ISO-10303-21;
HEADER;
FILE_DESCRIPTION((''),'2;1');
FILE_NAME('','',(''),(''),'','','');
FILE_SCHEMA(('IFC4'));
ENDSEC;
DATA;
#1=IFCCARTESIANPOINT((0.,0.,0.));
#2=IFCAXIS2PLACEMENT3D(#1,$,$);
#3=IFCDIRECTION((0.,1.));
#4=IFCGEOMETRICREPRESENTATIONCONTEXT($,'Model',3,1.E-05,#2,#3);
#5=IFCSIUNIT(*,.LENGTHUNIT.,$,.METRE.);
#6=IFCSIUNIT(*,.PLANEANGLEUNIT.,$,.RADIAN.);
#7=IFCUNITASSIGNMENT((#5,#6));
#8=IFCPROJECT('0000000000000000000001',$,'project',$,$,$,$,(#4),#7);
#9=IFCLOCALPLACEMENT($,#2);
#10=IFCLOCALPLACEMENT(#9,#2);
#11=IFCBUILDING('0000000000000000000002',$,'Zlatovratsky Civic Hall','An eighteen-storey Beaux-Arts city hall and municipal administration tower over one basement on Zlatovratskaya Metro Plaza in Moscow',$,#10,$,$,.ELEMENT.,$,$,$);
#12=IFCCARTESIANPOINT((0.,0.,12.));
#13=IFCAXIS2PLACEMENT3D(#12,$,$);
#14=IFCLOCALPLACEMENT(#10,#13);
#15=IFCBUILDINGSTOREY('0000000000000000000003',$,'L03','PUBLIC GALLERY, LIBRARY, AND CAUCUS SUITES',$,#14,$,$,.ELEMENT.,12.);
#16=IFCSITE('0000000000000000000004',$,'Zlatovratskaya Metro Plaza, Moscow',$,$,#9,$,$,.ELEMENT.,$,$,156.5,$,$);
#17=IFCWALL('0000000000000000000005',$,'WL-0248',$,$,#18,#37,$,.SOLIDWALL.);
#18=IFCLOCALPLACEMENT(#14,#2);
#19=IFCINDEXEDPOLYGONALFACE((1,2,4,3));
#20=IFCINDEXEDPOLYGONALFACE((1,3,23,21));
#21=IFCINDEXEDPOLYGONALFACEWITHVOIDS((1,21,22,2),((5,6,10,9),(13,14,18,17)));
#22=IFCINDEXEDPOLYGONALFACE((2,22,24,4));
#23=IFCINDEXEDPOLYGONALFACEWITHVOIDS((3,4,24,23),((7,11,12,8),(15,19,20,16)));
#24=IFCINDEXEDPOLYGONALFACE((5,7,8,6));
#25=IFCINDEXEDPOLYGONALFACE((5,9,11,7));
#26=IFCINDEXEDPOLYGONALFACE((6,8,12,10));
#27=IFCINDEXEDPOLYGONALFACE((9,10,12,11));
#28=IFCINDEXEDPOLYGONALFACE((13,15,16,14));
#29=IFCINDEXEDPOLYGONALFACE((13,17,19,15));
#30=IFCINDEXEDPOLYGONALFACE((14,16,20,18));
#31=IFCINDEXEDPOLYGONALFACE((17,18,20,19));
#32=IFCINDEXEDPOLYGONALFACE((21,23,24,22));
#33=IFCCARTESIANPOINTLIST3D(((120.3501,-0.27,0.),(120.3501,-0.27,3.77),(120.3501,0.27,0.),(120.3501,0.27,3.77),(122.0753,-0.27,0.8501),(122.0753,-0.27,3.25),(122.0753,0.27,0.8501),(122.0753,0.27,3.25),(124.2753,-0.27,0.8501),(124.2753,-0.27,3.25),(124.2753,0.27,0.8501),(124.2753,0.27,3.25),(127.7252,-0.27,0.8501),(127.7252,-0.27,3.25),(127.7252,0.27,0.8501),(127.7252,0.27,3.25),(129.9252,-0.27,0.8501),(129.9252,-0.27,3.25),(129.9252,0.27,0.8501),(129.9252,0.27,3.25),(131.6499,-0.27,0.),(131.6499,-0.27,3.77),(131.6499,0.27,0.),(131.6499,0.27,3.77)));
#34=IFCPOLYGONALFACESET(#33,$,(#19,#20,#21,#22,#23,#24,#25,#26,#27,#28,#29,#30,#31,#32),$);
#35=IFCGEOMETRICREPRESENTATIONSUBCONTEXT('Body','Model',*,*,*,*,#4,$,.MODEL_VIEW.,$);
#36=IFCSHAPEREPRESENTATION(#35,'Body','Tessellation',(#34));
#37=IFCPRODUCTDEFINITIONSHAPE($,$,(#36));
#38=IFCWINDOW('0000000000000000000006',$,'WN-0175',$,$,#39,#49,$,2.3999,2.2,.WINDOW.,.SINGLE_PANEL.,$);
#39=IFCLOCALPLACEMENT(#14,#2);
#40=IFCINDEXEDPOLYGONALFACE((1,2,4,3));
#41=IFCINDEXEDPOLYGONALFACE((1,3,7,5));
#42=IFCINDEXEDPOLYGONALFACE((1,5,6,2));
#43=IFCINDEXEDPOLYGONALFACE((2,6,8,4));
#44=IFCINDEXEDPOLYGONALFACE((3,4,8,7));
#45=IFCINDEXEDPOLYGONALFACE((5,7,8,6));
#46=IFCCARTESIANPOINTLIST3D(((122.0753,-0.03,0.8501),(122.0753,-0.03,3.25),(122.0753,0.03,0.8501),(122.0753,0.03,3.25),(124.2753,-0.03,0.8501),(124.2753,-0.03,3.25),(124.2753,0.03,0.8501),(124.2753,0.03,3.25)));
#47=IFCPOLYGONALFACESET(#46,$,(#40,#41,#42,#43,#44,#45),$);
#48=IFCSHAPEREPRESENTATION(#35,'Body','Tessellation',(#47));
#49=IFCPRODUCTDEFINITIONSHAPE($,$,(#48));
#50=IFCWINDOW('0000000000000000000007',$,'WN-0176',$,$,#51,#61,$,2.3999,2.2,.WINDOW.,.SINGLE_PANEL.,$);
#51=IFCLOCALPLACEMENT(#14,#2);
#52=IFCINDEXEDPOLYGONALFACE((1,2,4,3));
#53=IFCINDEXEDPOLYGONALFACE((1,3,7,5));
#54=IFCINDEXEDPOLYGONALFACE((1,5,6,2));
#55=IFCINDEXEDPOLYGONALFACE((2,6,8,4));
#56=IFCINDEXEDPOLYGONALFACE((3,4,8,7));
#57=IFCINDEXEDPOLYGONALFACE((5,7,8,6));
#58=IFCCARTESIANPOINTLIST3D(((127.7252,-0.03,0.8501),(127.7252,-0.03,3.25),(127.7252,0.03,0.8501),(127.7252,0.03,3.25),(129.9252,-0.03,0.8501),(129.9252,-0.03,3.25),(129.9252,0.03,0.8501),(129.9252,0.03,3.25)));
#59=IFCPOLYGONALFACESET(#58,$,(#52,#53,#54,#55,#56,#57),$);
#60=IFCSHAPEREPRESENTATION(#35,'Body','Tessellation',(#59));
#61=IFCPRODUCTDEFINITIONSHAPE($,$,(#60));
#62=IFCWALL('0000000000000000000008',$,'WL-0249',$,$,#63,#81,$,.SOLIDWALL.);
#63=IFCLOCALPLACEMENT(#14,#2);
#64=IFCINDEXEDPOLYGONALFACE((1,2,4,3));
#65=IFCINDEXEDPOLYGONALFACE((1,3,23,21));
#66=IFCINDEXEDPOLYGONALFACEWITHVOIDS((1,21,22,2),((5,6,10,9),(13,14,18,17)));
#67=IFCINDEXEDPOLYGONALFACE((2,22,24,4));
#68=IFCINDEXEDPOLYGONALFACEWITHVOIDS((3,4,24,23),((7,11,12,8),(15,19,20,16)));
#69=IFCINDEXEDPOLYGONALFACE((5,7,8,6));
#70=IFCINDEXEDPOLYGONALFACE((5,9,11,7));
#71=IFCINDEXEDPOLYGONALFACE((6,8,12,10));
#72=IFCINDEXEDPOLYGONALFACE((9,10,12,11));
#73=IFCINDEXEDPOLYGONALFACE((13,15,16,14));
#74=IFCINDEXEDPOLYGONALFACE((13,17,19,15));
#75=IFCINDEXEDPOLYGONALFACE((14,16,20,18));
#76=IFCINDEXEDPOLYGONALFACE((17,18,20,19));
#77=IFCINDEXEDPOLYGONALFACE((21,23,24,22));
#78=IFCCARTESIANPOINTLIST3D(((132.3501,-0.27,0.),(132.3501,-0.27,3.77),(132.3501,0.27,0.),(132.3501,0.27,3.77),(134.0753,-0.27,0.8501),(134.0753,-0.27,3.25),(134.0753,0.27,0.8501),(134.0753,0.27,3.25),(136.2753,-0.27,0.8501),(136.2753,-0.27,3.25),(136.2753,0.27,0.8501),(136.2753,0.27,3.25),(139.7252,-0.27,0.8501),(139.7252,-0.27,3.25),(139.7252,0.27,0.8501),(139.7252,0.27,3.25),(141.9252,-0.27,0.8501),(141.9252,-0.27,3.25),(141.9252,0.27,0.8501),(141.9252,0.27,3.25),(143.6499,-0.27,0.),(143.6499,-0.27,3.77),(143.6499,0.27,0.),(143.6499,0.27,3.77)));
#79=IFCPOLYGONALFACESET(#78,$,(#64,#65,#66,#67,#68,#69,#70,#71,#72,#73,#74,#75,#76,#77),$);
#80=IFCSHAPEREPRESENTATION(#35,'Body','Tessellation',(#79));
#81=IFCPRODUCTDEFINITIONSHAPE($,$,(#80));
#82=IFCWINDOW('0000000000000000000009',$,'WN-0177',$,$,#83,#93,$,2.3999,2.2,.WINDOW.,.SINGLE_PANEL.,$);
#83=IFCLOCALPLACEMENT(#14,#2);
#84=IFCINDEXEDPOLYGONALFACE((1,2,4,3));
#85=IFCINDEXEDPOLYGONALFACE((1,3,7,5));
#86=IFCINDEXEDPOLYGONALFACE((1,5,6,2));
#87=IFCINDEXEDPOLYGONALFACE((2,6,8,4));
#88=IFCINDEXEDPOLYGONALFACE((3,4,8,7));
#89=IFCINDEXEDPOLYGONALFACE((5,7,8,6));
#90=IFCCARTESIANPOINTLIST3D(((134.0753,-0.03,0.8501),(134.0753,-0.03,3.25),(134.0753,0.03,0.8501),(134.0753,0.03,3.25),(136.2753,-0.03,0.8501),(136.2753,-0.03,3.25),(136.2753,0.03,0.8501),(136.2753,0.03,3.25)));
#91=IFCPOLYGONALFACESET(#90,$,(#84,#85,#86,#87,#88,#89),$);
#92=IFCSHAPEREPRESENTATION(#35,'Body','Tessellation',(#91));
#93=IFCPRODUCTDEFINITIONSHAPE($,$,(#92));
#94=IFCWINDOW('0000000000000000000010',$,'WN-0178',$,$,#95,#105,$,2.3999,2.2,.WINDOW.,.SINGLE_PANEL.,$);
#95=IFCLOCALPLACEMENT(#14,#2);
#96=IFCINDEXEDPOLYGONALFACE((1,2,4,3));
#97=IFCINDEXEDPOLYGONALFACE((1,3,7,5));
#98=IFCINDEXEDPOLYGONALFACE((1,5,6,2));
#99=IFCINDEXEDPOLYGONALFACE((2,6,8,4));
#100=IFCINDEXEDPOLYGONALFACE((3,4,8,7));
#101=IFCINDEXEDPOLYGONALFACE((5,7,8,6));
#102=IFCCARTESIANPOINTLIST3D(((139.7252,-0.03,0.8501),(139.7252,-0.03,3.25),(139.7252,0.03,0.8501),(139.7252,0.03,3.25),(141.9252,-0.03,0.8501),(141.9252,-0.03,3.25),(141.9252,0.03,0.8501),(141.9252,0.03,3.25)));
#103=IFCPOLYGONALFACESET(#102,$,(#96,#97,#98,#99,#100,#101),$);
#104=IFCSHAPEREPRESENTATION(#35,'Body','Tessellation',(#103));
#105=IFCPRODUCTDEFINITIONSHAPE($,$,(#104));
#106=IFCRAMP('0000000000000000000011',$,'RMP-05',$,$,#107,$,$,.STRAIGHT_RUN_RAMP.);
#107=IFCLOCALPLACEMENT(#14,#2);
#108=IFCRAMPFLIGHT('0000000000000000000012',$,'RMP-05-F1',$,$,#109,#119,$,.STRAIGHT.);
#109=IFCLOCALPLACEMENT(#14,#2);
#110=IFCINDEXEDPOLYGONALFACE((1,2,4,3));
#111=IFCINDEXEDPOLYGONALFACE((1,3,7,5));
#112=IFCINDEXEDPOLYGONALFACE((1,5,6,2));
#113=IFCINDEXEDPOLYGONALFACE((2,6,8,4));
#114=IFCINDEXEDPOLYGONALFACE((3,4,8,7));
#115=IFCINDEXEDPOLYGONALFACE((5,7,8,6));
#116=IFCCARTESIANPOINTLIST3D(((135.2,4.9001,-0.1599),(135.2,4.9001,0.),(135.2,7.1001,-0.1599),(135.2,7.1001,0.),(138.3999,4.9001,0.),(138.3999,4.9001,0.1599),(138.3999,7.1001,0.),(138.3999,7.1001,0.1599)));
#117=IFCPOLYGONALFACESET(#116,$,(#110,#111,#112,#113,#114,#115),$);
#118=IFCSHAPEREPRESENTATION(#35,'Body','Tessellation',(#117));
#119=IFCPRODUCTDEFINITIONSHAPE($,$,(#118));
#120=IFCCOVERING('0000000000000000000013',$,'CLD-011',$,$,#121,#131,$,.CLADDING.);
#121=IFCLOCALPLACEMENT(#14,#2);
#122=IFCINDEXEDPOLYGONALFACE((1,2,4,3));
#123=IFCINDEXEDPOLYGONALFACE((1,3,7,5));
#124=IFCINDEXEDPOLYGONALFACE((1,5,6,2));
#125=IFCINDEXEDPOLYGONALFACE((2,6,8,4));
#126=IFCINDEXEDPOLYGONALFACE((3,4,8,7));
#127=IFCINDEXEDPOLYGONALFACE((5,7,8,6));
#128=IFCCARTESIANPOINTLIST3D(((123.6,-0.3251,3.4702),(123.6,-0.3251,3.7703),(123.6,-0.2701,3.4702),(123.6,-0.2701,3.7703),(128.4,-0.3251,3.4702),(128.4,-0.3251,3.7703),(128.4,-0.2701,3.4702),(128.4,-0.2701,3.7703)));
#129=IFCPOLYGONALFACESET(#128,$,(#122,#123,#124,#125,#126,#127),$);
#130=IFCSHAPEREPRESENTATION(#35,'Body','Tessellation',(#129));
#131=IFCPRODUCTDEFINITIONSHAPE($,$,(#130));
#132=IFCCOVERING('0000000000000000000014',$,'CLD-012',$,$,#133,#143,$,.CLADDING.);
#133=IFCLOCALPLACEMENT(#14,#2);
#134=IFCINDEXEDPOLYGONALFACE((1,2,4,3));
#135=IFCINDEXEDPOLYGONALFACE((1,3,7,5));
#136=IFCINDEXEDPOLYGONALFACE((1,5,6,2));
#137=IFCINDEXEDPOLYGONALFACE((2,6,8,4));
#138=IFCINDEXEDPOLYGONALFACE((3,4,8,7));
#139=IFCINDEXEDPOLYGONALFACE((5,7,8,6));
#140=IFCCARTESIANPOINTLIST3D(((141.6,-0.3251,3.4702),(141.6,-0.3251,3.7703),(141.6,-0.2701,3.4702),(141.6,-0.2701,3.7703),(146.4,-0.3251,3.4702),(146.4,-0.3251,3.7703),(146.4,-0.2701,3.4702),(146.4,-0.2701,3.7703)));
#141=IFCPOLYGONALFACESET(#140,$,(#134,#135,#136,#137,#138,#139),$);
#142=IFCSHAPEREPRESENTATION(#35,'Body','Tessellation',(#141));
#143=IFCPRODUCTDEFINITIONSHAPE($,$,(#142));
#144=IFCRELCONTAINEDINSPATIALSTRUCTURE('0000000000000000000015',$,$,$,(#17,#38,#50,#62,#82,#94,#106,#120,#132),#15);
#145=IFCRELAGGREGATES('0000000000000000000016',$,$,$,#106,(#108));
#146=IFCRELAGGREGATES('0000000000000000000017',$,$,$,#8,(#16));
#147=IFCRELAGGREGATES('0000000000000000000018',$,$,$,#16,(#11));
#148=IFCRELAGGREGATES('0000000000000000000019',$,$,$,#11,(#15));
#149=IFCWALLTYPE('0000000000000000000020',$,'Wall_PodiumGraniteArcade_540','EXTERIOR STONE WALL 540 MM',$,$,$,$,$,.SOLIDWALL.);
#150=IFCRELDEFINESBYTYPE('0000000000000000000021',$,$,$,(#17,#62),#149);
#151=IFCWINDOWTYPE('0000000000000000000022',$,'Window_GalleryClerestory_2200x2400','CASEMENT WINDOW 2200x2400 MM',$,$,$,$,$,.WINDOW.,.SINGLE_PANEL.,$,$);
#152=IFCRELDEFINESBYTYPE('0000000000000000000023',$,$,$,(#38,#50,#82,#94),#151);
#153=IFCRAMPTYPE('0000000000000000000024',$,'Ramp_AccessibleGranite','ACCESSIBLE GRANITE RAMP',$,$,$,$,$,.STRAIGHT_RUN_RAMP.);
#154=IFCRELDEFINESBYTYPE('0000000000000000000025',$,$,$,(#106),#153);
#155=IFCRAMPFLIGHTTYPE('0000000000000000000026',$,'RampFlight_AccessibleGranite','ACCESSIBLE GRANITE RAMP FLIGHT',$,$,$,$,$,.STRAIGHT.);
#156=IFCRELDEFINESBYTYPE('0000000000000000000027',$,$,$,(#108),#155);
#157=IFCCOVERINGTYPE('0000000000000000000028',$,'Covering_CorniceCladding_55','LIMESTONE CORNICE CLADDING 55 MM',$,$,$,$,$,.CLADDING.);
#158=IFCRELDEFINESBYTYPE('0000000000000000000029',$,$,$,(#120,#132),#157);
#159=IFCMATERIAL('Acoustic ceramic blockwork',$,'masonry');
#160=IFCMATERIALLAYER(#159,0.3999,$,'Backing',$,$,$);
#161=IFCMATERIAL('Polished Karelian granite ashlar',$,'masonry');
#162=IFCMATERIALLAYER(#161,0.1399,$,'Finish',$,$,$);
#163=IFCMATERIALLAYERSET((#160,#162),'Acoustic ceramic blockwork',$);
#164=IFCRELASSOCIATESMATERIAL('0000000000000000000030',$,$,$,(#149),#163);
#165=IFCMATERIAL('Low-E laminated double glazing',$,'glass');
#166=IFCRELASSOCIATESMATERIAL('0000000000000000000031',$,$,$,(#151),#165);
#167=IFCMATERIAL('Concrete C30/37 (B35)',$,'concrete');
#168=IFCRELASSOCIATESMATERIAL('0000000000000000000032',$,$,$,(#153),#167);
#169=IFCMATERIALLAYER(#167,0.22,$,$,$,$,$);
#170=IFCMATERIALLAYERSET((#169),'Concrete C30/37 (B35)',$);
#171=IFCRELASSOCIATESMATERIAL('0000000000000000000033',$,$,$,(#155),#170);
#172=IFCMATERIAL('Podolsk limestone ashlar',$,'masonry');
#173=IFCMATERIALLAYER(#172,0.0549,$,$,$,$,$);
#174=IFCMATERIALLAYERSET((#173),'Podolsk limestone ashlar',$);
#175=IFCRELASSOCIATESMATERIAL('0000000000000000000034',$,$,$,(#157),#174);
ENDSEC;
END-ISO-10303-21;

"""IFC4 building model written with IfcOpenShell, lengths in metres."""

from ifc_helpers import new_model, si_unit, direction, frame, frame_2d, origin, origin_2d, place, context, subcontext, project, spatial, polyline, rectangle, outline, extrude, material, layer, layer_set, type_object, element, fill, aggregate, save


model = new_model("IFC4")

# Units and contexts
model_context = context("Model", 3, precision=1e-05, world=origin(), true_north=direction((0.0, 1.0)))
body_context = subcontext(model_context, "Body", "Model", "MODEL_VIEW")
ifc_project = project(units=[si_unit("LENGTHUNIT", "METRE"), si_unit("PLANEANGLEUNIT", "RADIAN")], contexts=[model_context])

# Site, building, storey
site_placement = place(None, origin())
site = spatial("IfcSite", under=ifc_project, at=site_placement, Name="Zlatovratskaya Metro Plaza, Moscow", CompositionType="ELEMENT", RefElevation=156.5)
building_placement = place(site_placement, origin())
building = spatial("IfcBuilding", under=site, at=building_placement, Name="Zlatovratsky Civic Hall", Description="An eighteen-storey Beaux-Arts city hall and municipal administration tower over one basement on Zlatovratskaya Metro Plaza in Moscow", CompositionType="ELEMENT")
storey_placement = place(building_placement, frame((0.0, 0.0, 12.0)))
storey = spatial("IfcBuildingStorey", under=building, at=storey_placement, Name="L03", Description="PUBLIC GALLERY, LIBRARY, AND CAUCUS SUITES", CompositionType="ELEMENT", Elevation=12.0)

# Walls, openings, windows
ifc_material_1 = material(Name="Acoustic ceramic blockwork", Category="masonry")
ifc_layer_1 = layer(ifc_material_1, 0.3999, Name="Backing")
ifc_material_2 = material(Name="Polished Karelian granite ashlar", Category="masonry")
ifc_layer_2 = layer(ifc_material_2, 0.1399, Name="Finish")
ifc_layer_set_1 = layer_set([ifc_layer_1, ifc_layer_2], Name="Acoustic ceramic blockwork")
wall_type = type_object("IfcWallType", Name="Wall_PodiumGraniteArcade_540", Description="EXTERIOR STONE WALL 540 MM", PredefinedType="SOLIDWALL", material=ifc_layer_set_1)
wall_1_placement = place(storey_placement, frame((120.3501, 0.0, 0.0), z_axis=(0.0, 0.0, 1.0), x_axis=(1.0, 0.0, 0.0)))
wall_1 = element("IfcWall", 1, at=wall_1_placement, inside=storey, type_object=wall_type, Name="WL-0248", PredefinedType="SOLIDWALL", context=body_context, shape_type="SweptSolid", body=[
    extrude(rectangle(XDim=11.2998, YDim=0.54, at=frame_2d((5.6499, 0.0))), origin(), (0.0, 0.0, 1.0), 3.77),
])
opening_1_placement = place(wall_1_placement, frame((1.7251, 0.0, 0.8501)))
opening_1 = element("IfcOpeningElement", 2, at=opening_1_placement, cuts=wall_1, PredefinedType="OPENING", context=body_context, shape_type="SweptSolid", body=[
    extrude(rectangle(XDim=2.2, YDim=2.3999, at=frame_2d((1.1001, 1.2))), frame((0.0, 0.2849, 0.0), z_axis=(0.0, -1.0, 0.0), x_axis=(1.0, 0.0, 0.0)), (0.0, 0.0, 1.0), 0.5698),
])
opening_2_placement = place(wall_1_placement, frame((7.375, 0.0, 0.8501)))
opening_2 = element("IfcOpeningElement", 3, at=opening_2_placement, cuts=wall_1, PredefinedType="OPENING", context=body_context, shape_type="SweptSolid", body=[
    extrude(rectangle(XDim=2.2, YDim=2.3999, at=frame_2d((1.1001, 1.2))), frame((0.0, 0.2849, 0.0), z_axis=(0.0, -1.0, 0.0), x_axis=(1.0, 0.0, 0.0)), (0.0, 0.0, 1.0), 0.5698),
])
ifc_material_3 = material(Name="Low-E laminated double glazing", Category="glass")
window_type = type_object("IfcWindowType", Name="Window_GalleryClerestory_2200x2400", Description="CASEMENT WINDOW 2200x2400 MM", PartitioningType="SINGLE_PANEL", PredefinedType="WINDOW", material=ifc_material_3)
window_1_placement = place(opening_1_placement, origin())
window_1 = element("IfcWindow", 4, at=window_1_placement, inside=storey, type_object=window_type, Name="WN-0175", OverallHeight=2.3999, OverallWidth=2.2, PartitioningType="SINGLE_PANEL", PredefinedType="WINDOW", context=body_context, shape_type="SweptSolid", body=[
    extrude(rectangle(XDim=2.2, YDim=2.3999, at=frame_2d((1.1001, 1.2))), frame((0.0, 0.03, 0.0), z_axis=(0.0, -1.0, 0.0), x_axis=(1.0, 0.0, 0.0)), (0.0, 0.0, 1.0), 0.0601),
])
fill(opening_1, window_1)
window_2_placement = place(opening_2_placement, origin())
window_2 = element("IfcWindow", 5, at=window_2_placement, inside=storey, type_object=window_type, Name="WN-0176", OverallHeight=2.3999, OverallWidth=2.2, PartitioningType="SINGLE_PANEL", PredefinedType="WINDOW", context=body_context, shape_type="SweptSolid", body=[
    extrude(rectangle(XDim=2.2, YDim=2.3999, at=frame_2d((1.1001, 1.2))), frame((0.0, 0.03, 0.0), z_axis=(0.0, -1.0, 0.0), x_axis=(1.0, 0.0, 0.0)), (0.0, 0.0, 1.0), 0.0601),
])
fill(opening_2, window_2)
wall_2_placement = place(storey_placement, frame((132.3501, 0.0, 0.0), z_axis=(0.0, 0.0, 1.0), x_axis=(1.0, 0.0, 0.0)))
wall_2 = element("IfcWall", 6, at=wall_2_placement, inside=storey, type_object=wall_type, Name="WL-0249", PredefinedType="SOLIDWALL", context=body_context, shape_type="SweptSolid", body=[
    extrude(rectangle(XDim=11.2998, YDim=0.54, at=frame_2d((5.6499, 0.0))), origin(), (0.0, 0.0, 1.0), 3.77),
])
opening_3_placement = place(wall_2_placement, frame((1.7251, 0.0, 0.8501)))
opening_3 = element("IfcOpeningElement", 7, at=opening_3_placement, cuts=wall_2, PredefinedType="OPENING", context=body_context, shape_type="SweptSolid", body=[
    extrude(rectangle(XDim=2.2, YDim=2.3999, at=frame_2d((1.1001, 1.2))), frame((0.0, 0.2849, 0.0), z_axis=(0.0, -1.0, 0.0), x_axis=(1.0, 0.0, 0.0)), (0.0, 0.0, 1.0), 0.5698),
])
opening_4_placement = place(wall_2_placement, frame((7.375, 0.0, 0.8501)))
opening_4 = element("IfcOpeningElement", 8, at=opening_4_placement, cuts=wall_2, PredefinedType="OPENING", context=body_context, shape_type="SweptSolid", body=[
    extrude(rectangle(XDim=2.2, YDim=2.3999, at=frame_2d((1.1001, 1.2))), frame((0.0, 0.2849, 0.0), z_axis=(0.0, -1.0, 0.0), x_axis=(1.0, 0.0, 0.0)), (0.0, 0.0, 1.0), 0.5698),
])
window_3_placement = place(opening_3_placement, origin())
window_3 = element("IfcWindow", 9, at=window_3_placement, inside=storey, type_object=window_type, Name="WN-0177", OverallHeight=2.3999, OverallWidth=2.2, PartitioningType="SINGLE_PANEL", PredefinedType="WINDOW", context=body_context, shape_type="SweptSolid", body=[
    extrude(rectangle(XDim=2.2, YDim=2.3999, at=frame_2d((1.1001, 1.2))), frame((0.0, 0.03, 0.0), z_axis=(0.0, -1.0, 0.0), x_axis=(1.0, 0.0, 0.0)), (0.0, 0.0, 1.0), 0.0601),
])
fill(opening_3, window_3)
window_4_placement = place(opening_4_placement, origin())
window_4 = element("IfcWindow", 10, at=window_4_placement, inside=storey, type_object=window_type, Name="WN-0178", OverallHeight=2.3999, OverallWidth=2.2, PartitioningType="SINGLE_PANEL", PredefinedType="WINDOW", context=body_context, shape_type="SweptSolid", body=[
    extrude(rectangle(XDim=2.2, YDim=2.3999, at=frame_2d((1.1001, 1.2))), frame((0.0, 0.03, 0.0), z_axis=(0.0, -1.0, 0.0), x_axis=(1.0, 0.0, 0.0)), (0.0, 0.0, 1.0), 0.0601),
])
fill(opening_4, window_4)

# Ramp, ramp flight
ifc_material_4 = material(Name="Concrete C30/37 (B35)", Category="concrete")
ramp_type = type_object("IfcRampType", Name="Ramp_AccessibleGranite", Description="ACCESSIBLE GRANITE RAMP", PredefinedType="STRAIGHT_RUN_RAMP", material=ifc_material_4)
ramp_placement = place(storey_placement, origin())
ramp = element("IfcRamp", 11, at=ramp_placement, inside=storey, type_object=ramp_type, Name="RMP-05", PredefinedType="STRAIGHT_RUN_RAMP")
ifc_layer_3 = layer(ifc_material_4, 0.22)
ifc_layer_set_2 = layer_set([ifc_layer_3], Name="Concrete C30/37 (B35)")
ramp_flight_type = type_object("IfcRampFlightType", Name="RampFlight_AccessibleGranite", Description="ACCESSIBLE GRANITE RAMP FLIGHT", PredefinedType="STRAIGHT", material=ifc_layer_set_2)
ramp_flight_placement = place(storey_placement, frame((135.2, 6.0, 0.0), z_axis=(0.0, 0.0, 1.0), x_axis=(1.0, 0.0, 0.0)))
ramp_flight = element("IfcRampFlight", 12, at=ramp_flight_placement, type_object=ramp_flight_type, Name="RMP-05-F1", PredefinedType="STRAIGHT", context=body_context, shape_type="SweptSolid", body=[
    extrude(outline(polyline([(0.0, 0.0), (3.2, 0.1599), (3.2, 0.0), (0.0, -0.1599), (0.0, 0.0)])), frame((0.0, 1.1001, 0.0), z_axis=(0.0, -1.0, 0.0), x_axis=(1.0, 0.0, 0.0)), (0.0, 0.0, 1.0), 2.2),
])
aggregate(ramp, [ramp_flight])

# Coverings
ifc_material_5 = material(Name="Podolsk limestone ashlar", Category="masonry")
ifc_layer_4 = layer(ifc_material_5, 0.0549)
ifc_layer_set_3 = layer_set([ifc_layer_4], Name="Podolsk limestone ashlar")
covering_type = type_object("IfcCoveringType", Name="Covering_CorniceCladding_55", Description="LIMESTONE CORNICE CLADDING 55 MM", PredefinedType="CLADDING", material=ifc_layer_set_3)
for number, where, z_axis, x_axis, name in (
    (13, (126.0, -0.2976, 3.4702), (0.0, 0.0, 1.0), (1.0, 0.0, 0.0), "CLD-011"),
    (14, (144.0, -0.2976, 3.4702), (0.0, 0.0, 1.0), (1.0, 0.0, 0.0), "CLD-012"),
):
    element("IfcCovering", number, at=place(storey_placement, frame(where, z_axis=z_axis, x_axis=x_axis)), inside=storey, type_object=covering_type, Name=name, PredefinedType="CLADDING", context=body_context, shape_type="SweptSolid", body=[
        extrude(rectangle(XDim=4.8, YDim=0.0549, at=origin_2d()), origin(), (0.0, 0.0, 1.0), 0.3),
    ])

save(model, "model.ifc")
